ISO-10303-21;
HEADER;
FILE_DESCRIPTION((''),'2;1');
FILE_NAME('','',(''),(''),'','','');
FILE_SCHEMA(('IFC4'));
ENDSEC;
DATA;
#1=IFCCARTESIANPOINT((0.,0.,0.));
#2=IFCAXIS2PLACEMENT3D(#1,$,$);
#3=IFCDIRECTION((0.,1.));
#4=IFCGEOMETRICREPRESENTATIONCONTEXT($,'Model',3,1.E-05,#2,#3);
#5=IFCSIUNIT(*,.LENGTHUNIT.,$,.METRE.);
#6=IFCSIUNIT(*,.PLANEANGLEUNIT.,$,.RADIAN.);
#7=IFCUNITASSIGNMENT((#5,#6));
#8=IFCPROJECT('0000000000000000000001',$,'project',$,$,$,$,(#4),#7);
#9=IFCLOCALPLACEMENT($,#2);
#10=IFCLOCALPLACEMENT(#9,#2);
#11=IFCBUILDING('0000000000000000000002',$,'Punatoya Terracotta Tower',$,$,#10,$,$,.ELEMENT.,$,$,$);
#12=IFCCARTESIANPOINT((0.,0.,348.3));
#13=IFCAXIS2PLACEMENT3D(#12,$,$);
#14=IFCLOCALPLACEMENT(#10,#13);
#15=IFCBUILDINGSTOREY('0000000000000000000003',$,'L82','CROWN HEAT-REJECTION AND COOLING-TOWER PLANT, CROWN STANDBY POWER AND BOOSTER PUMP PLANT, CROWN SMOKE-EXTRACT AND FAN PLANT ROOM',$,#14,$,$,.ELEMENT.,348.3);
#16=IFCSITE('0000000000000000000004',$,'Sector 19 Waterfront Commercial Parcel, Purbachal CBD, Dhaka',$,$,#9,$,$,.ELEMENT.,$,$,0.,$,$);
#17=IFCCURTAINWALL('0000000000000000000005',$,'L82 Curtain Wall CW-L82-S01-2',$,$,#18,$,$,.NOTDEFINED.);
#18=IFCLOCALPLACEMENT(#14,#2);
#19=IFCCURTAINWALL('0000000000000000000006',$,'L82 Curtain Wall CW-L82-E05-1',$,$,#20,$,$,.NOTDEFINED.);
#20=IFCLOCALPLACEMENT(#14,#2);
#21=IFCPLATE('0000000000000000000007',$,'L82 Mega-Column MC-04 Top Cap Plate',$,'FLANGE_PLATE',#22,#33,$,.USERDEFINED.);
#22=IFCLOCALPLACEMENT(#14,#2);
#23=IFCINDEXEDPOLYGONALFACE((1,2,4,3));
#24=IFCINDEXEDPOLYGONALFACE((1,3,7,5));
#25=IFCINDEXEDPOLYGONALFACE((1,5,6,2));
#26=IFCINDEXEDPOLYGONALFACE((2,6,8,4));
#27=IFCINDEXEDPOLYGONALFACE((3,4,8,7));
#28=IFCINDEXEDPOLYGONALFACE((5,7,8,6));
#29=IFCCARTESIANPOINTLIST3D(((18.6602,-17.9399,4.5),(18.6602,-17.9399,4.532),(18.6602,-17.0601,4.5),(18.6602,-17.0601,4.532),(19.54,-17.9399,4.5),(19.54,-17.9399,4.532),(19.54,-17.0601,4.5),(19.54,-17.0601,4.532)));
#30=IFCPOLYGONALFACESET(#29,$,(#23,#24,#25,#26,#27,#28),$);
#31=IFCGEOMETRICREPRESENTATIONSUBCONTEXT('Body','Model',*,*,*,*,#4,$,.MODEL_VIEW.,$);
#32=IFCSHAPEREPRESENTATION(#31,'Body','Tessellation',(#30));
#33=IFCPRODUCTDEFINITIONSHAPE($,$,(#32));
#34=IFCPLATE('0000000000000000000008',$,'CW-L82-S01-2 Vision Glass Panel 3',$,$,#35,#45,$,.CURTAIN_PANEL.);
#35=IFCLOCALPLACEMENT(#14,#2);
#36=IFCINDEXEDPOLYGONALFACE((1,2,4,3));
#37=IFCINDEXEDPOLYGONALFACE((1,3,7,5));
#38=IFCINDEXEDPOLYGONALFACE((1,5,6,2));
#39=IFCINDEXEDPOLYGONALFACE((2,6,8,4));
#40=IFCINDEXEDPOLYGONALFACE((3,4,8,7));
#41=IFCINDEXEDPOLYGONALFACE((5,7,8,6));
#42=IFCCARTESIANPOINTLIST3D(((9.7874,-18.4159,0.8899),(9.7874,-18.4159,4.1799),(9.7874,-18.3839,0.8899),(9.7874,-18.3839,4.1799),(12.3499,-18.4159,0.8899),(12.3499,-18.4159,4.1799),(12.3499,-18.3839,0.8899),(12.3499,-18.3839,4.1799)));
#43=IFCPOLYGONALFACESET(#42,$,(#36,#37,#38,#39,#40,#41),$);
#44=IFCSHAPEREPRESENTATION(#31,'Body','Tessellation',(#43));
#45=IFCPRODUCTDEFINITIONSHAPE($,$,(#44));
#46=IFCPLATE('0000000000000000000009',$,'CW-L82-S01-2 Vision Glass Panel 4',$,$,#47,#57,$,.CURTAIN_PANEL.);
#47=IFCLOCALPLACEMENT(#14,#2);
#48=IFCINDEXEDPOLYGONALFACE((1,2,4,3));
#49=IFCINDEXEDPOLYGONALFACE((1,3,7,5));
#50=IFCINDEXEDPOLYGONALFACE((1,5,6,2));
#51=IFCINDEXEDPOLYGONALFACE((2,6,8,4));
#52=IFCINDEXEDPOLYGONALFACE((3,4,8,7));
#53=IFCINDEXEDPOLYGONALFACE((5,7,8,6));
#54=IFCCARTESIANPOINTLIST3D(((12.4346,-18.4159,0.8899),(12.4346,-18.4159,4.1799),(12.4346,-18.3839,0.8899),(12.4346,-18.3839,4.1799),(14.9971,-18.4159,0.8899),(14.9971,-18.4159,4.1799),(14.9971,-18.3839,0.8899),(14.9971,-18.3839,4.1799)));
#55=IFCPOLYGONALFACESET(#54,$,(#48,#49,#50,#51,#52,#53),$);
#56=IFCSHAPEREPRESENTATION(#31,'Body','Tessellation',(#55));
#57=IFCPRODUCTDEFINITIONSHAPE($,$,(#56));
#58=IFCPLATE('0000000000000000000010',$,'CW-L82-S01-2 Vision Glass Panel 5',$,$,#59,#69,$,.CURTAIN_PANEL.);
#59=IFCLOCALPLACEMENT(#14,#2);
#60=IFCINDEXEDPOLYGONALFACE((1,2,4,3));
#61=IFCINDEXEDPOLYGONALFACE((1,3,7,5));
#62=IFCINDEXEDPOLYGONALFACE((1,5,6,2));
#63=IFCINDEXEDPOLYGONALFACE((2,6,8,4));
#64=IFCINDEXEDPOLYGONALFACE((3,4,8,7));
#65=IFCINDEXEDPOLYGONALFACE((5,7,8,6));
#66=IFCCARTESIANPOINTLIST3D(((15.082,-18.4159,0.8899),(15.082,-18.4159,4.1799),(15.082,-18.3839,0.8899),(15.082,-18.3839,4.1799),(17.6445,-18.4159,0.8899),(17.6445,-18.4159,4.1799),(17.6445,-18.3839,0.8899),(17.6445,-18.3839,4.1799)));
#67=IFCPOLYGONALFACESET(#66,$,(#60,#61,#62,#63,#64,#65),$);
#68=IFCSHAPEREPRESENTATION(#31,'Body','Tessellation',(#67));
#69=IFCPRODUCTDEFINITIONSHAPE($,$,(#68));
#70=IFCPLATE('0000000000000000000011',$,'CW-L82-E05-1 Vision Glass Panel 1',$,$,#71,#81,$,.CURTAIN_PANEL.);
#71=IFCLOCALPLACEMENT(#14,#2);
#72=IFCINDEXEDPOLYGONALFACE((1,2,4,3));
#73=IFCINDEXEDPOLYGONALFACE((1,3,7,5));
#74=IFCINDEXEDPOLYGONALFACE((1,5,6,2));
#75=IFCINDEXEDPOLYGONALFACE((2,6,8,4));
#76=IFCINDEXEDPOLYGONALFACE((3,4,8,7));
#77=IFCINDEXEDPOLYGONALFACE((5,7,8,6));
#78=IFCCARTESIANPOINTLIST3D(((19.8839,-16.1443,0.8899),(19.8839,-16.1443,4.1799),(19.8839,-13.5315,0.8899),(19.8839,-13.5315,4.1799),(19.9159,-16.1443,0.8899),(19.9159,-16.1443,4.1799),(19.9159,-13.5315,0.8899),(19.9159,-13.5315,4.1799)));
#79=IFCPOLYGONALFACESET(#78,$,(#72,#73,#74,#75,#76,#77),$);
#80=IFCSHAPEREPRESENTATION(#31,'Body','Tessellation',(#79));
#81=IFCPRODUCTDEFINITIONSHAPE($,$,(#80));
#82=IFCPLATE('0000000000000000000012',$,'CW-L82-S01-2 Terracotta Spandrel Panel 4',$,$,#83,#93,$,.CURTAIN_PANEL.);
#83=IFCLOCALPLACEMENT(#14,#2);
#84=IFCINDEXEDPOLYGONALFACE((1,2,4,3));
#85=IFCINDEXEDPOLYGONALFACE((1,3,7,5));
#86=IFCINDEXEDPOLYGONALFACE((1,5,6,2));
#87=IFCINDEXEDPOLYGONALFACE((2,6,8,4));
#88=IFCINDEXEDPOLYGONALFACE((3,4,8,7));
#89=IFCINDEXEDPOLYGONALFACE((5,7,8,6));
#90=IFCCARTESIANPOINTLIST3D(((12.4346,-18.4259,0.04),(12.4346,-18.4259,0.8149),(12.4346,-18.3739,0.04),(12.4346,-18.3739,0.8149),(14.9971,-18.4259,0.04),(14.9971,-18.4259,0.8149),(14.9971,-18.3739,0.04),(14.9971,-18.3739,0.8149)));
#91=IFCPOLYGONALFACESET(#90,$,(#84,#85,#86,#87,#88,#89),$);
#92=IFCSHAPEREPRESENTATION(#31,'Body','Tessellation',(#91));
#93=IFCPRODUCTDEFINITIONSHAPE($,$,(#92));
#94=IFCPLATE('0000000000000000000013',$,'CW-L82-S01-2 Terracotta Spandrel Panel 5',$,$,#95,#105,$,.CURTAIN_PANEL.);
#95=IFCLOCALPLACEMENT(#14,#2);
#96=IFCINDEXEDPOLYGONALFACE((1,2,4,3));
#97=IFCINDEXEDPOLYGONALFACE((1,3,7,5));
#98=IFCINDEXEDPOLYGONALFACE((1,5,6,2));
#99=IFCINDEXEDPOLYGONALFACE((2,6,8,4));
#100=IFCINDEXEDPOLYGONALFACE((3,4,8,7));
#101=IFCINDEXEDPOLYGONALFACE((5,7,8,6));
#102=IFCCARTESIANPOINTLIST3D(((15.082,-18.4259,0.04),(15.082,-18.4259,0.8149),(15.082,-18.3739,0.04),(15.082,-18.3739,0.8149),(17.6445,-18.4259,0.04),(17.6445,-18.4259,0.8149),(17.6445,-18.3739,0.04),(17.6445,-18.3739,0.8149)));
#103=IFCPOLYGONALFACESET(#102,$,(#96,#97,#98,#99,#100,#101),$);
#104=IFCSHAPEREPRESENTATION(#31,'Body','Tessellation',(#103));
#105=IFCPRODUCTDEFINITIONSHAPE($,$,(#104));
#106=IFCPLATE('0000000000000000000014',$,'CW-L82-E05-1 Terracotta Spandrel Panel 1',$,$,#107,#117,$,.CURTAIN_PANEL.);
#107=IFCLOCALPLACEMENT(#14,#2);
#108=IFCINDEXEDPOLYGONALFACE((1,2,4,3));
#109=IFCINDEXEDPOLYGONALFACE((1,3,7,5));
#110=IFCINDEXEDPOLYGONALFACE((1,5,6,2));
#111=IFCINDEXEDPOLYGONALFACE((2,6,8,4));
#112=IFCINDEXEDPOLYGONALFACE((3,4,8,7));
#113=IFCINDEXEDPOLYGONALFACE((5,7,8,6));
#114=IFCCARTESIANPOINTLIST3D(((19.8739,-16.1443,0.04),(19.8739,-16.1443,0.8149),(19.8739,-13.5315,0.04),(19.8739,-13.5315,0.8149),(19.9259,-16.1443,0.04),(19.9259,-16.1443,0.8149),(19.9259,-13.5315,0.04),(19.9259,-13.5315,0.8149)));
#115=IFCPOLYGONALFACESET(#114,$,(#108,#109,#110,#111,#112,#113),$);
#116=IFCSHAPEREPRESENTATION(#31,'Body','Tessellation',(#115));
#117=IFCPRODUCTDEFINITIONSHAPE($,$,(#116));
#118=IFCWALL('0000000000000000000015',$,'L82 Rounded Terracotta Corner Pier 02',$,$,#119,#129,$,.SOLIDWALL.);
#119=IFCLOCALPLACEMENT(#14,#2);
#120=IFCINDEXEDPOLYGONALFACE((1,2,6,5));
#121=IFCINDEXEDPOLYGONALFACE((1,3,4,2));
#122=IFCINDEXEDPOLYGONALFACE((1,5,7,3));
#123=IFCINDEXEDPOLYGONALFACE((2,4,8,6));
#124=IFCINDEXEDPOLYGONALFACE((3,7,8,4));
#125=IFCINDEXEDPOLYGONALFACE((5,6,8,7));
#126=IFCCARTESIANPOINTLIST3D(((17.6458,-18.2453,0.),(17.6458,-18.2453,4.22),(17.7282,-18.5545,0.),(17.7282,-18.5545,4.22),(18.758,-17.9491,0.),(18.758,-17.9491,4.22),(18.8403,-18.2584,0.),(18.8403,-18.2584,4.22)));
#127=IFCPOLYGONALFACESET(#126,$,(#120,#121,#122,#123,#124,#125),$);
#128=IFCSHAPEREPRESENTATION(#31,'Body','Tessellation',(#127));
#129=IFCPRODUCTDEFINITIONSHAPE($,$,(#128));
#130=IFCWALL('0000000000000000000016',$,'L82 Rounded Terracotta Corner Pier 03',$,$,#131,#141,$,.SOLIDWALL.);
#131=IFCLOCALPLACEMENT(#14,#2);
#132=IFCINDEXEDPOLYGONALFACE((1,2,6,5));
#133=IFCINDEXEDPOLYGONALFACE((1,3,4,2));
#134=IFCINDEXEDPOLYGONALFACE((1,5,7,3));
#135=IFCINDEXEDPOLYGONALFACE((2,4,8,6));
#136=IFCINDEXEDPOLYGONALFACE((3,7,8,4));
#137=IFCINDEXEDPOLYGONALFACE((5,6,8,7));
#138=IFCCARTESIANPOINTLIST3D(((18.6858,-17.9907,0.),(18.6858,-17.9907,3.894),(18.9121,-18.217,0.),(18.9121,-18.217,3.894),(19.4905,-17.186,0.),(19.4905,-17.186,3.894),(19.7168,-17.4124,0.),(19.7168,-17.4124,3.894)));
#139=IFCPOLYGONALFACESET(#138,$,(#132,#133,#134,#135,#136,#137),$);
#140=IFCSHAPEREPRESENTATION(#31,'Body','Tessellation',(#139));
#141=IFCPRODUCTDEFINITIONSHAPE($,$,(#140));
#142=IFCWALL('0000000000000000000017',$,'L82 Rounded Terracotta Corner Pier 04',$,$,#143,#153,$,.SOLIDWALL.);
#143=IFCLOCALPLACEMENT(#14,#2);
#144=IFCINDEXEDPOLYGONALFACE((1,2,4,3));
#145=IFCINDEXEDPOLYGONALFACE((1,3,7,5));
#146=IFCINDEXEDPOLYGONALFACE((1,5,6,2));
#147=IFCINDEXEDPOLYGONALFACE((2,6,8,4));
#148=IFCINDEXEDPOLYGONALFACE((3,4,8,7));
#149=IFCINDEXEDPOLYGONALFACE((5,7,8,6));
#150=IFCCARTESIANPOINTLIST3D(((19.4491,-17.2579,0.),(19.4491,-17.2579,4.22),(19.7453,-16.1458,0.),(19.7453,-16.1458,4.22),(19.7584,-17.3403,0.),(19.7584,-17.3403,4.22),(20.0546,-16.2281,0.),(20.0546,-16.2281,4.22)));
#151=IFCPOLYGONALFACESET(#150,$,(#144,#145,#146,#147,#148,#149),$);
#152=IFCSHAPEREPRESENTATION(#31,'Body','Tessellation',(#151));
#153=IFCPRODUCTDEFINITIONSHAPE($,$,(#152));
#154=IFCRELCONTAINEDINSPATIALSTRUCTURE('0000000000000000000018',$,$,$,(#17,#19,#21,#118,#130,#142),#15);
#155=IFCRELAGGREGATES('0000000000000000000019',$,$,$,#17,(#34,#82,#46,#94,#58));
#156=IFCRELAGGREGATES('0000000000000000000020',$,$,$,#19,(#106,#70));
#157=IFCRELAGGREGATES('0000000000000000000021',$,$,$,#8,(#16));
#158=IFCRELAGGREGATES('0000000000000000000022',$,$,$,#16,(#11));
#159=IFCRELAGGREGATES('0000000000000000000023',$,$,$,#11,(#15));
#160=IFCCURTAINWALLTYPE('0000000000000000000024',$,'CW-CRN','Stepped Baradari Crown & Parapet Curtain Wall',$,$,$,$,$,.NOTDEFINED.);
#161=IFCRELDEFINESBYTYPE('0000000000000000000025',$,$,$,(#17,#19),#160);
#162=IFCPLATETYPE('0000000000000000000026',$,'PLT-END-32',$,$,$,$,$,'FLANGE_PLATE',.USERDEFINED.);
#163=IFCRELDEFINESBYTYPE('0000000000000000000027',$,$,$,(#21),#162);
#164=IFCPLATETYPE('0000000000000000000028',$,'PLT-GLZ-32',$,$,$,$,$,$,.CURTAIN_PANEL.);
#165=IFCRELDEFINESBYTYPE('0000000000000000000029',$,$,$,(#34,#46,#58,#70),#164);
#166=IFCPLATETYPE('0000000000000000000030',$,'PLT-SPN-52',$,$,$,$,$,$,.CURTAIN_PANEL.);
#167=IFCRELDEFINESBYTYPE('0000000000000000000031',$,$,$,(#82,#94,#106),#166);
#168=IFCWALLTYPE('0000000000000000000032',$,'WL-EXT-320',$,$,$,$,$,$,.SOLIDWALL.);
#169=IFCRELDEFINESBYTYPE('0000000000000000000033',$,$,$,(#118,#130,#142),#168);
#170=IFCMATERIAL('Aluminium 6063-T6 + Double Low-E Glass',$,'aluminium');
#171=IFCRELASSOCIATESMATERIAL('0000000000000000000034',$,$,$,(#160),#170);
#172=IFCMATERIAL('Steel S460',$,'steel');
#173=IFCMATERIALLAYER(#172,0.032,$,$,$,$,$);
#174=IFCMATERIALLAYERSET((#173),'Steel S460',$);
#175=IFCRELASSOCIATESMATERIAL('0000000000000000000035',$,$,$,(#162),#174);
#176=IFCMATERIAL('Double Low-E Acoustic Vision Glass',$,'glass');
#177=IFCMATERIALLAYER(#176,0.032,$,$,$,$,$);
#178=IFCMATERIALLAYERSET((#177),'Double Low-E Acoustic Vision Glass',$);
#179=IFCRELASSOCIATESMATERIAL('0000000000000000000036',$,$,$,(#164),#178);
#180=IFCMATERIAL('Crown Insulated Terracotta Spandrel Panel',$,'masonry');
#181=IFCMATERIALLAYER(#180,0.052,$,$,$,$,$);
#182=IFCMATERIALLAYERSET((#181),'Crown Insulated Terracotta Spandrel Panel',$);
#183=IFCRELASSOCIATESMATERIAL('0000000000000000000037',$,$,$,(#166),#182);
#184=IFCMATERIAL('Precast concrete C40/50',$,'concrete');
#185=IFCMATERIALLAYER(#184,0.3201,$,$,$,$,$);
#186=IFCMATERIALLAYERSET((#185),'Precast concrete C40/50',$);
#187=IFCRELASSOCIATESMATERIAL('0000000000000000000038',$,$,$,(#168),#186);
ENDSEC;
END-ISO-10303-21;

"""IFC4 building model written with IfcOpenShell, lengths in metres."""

from ifc_helpers import new_model, si_unit, direction, frame, frame_2d, origin, origin_2d, place, context, subcontext, project, spatial, rectangle, extrude, material, layer, layer_set, type_object, element, aggregate, save


model = new_model("IFC4")

# Units and contexts
model_context = context("Model", 3, precision=1e-05, world=origin(), true_north=direction((0.0, 1.0)))
body_context = subcontext(model_context, "Body", "Model", "MODEL_VIEW")
ifc_project = project(units=[si_unit("LENGTHUNIT", "METRE"), si_unit("PLANEANGLEUNIT", "RADIAN")], contexts=[model_context])

# Site, building, storey
site_placement = place(None, origin())
site = spatial("IfcSite", under=ifc_project, at=site_placement, Name="Sector 19 Waterfront Commercial Parcel, Purbachal CBD, Dhaka", CompositionType="ELEMENT", RefElevation=0.0)
building_placement = place(site_placement, origin())
building = spatial("IfcBuilding", under=site, at=building_placement, Name="Punatoya Terracotta Tower", CompositionType="ELEMENT")
storey_placement = place(building_placement, frame((0.0, 0.0, 348.3)))
storey = spatial("IfcBuildingStorey", under=building, at=storey_placement, Name="L82", Description="CROWN HEAT-REJECTION AND COOLING-TOWER PLANT, CROWN STANDBY POWER AND BOOSTER PUMP PLANT, CROWN SMOKE-EXTRACT AND FAN PLANT ROOM", CompositionType="ELEMENT", Elevation=348.3)

# Shared definitions
ifc_material_1 = material(Name="Steel S460", Category="steel")

# Curtain walls
ifc_material_2 = material(Name="Aluminium 6063-T6 + Double Low-E Glass", Category="aluminium")
curtain_wall_type = type_object("IfcCurtainWallType", Name="CW-CRN", Description="Stepped Baradari Crown & Parapet Curtain Wall", PredefinedType="NOTDEFINED", material=ifc_material_2)
curtain_wall_1_placement = place(storey_placement, origin())
curtain_wall_1 = element("IfcCurtainWall", 1, at=curtain_wall_1_placement, inside=storey, type_object=curtain_wall_type, Name="L82 Curtain Wall CW-L82-S01-2", PredefinedType="NOTDEFINED")
curtain_wall_2_placement = place(storey_placement, origin())
curtain_wall_2 = element("IfcCurtainWall", 2, at=curtain_wall_2_placement, inside=storey, type_object=curtain_wall_type, Name="L82 Curtain Wall CW-L82-E05-1", PredefinedType="NOTDEFINED")

# Plates
ifc_layer_1 = layer(ifc_material_1, 0.032)
ifc_layer_set_1 = layer_set([ifc_layer_1], Name="Steel S460")
plate_type_1 = type_object("IfcPlateType", Name="PLT-END-32", ElementType="FLANGE_PLATE", PredefinedType="USERDEFINED", material=ifc_layer_set_1)
plate_1_placement = place(storey_placement, frame((19.1001, -17.5, 4.5), z_axis=(0.0, 0.0, 1.0), x_axis=(1.0, 0.0, 0.0)))
element("IfcPlate", 3, at=plate_1_placement, inside=storey, type_object=plate_type_1, Name="L82 Mega-Column MC-04 Top Cap Plate", ObjectType="FLANGE_PLATE", PredefinedType="USERDEFINED", context=body_context, shape_type="SweptSolid", body=[
    extrude(rectangle(XDim=0.8799, YDim=0.8799, at=origin_2d()), origin(), (0.0, 0.0, 1.0), 0.032),
])
ifc_material_3 = material(Name="Double Low-E Acoustic Vision Glass", Category="glass")
ifc_layer_2 = layer(ifc_material_3, 0.032)
ifc_layer_set_2 = layer_set([ifc_layer_2], Name="Double Low-E Acoustic Vision Glass")
plate_type_2 = type_object("IfcPlateType", Name="PLT-GLZ-32", PredefinedType="CURTAIN_PANEL", material=ifc_layer_set_2)
plate_2_placement = place(storey_placement, frame((11.0686, -18.3999, 0.8899), z_axis=(0.0, 0.0, 1.0), x_axis=(1.0, 0.0, 0.0)))
plate_2 = element("IfcPlate", 4, at=plate_2_placement, type_object=plate_type_2, Name="CW-L82-S01-2 Vision Glass Panel 3", PredefinedType="CURTAIN_PANEL", context=body_context, shape_type="SweptSolid", body=[
    extrude(rectangle(XDim=2.5625, YDim=0.032, at=origin_2d()), origin(), (0.0, 0.0, 1.0), 3.29),
])
plate_3_placement = place(storey_placement, frame((13.7158, -18.3999, 0.8899), z_axis=(0.0, 0.0, 1.0), x_axis=(1.0, 0.0, 0.0)))
plate_3 = element("IfcPlate", 5, at=plate_3_placement, type_object=plate_type_2, Name="CW-L82-S01-2 Vision Glass Panel 4", PredefinedType="CURTAIN_PANEL", context=body_context, shape_type="SweptSolid", body=[
    extrude(rectangle(XDim=2.5625, YDim=0.032, at=origin_2d()), origin(), (0.0, 0.0, 1.0), 3.29),
])
plate_4_placement = place(storey_placement, frame((16.3633, -18.3999, 0.8899), z_axis=(0.0, 0.0, 1.0), x_axis=(1.0, 0.0, 0.0)))
plate_4 = element("IfcPlate", 6, at=plate_4_placement, type_object=plate_type_2, Name="CW-L82-S01-2 Vision Glass Panel 5", PredefinedType="CURTAIN_PANEL", context=body_context, shape_type="SweptSolid", body=[
    extrude(rectangle(XDim=2.5625, YDim=0.032, at=origin_2d()), origin(), (0.0, 0.0, 1.0), 3.29),
])
plate_5_placement = place(storey_placement, frame((19.8999, -14.8379, 0.8899), z_axis=(0.0, 0.0, 1.0), x_axis=(0.0, 1.0, 0.0)))
plate_5 = element("IfcPlate", 7, at=plate_5_placement, type_object=plate_type_2, Name="CW-L82-E05-1 Vision Glass Panel 1", PredefinedType="CURTAIN_PANEL", context=body_context, shape_type="SweptSolid", body=[
    extrude(rectangle(XDim=2.6128, YDim=0.032, at=origin_2d()), origin(), (0.0, 0.0, 1.0), 3.29),
])
ifc_material_4 = material(Name="Crown Insulated Terracotta Spandrel Panel", Category="masonry")
ifc_layer_3 = layer(ifc_material_4, 0.052)
ifc_layer_set_3 = layer_set([ifc_layer_3], Name="Crown Insulated Terracotta Spandrel Panel")
plate_type_3 = type_object("IfcPlateType", Name="PLT-SPN-52", PredefinedType="CURTAIN_PANEL", material=ifc_layer_set_3)
plate_6_placement = place(storey_placement, frame((13.7158, -18.3999, 0.04), z_axis=(0.0, 0.0, 1.0), x_axis=(1.0, 0.0, 0.0)))
plate_6 = element("IfcPlate", 8, at=plate_6_placement, type_object=plate_type_3, Name="CW-L82-S01-2 Terracotta Spandrel Panel 4", PredefinedType="CURTAIN_PANEL", context=body_context, shape_type="SweptSolid", body=[
    extrude(rectangle(XDim=2.5625, YDim=0.052, at=origin_2d()), origin(), (0.0, 0.0, 1.0), 0.7749),
])
plate_7_placement = place(storey_placement, frame((16.3633, -18.3999, 0.04), z_axis=(0.0, 0.0, 1.0), x_axis=(1.0, 0.0, 0.0)))
plate_7 = element("IfcPlate", 9, at=plate_7_placement, type_object=plate_type_3, Name="CW-L82-S01-2 Terracotta Spandrel Panel 5", PredefinedType="CURTAIN_PANEL", context=body_context, shape_type="SweptSolid", body=[
    extrude(rectangle(XDim=2.5625, YDim=0.052, at=origin_2d()), origin(), (0.0, 0.0, 1.0), 0.7749),
])
aggregate(curtain_wall_1, [plate_2, plate_6, plate_3, plate_7, plate_4])
plate_8_placement = place(storey_placement, frame((19.8999, -14.8379, 0.04), z_axis=(0.0, 0.0, 1.0), x_axis=(0.0, 1.0, 0.0)))
plate_8 = element("IfcPlate", 10, at=plate_8_placement, type_object=plate_type_3, Name="CW-L82-E05-1 Terracotta Spandrel Panel 1", PredefinedType="CURTAIN_PANEL", context=body_context, shape_type="SweptSolid", body=[
    extrude(rectangle(XDim=2.6128, YDim=0.052, at=origin_2d()), origin(), (0.0, 0.0, 1.0), 0.7749),
])
aggregate(curtain_wall_2, [plate_8, plate_5])

# Walls
ifc_material_5 = material(Name="Precast concrete C40/50", Category="concrete")
ifc_layer_4 = layer(ifc_material_5, 0.3201)
ifc_layer_set_4 = layer_set([ifc_layer_4], Name="Precast concrete C40/50")
wall_type = type_object("IfcWallType", Name="WL-EXT-320", PredefinedType="SOLIDWALL", material=ifc_layer_set_4)
wall_1_placement = place(storey_placement, frame((17.687, -18.3999, 0.0), z_axis=(0.0, 0.0, 1.0), x_axis=(0.966323, 0.257333, 0.0)))
element("IfcWall", 11, at=wall_1_placement, inside=storey, type_object=wall_type, Name="L82 Rounded Terracotta Corner Pier 02", PredefinedType="SOLIDWALL", context=body_context, shape_type="SweptSolid", body=[
    extrude(rectangle(XDim=1.1509, YDim=0.3201, at=frame_2d((0.5754, 0.0))), origin(), (0.0, 0.0, 1.0), 4.22),
])
wall_2_placement = place(storey_placement, frame((18.7991, -18.1038, 0.0), z_axis=(0.0, 0.0, 1.0), x_axis=(0.707107, 0.707107, 0.0)))
element("IfcWall", 12, at=wall_2_placement, inside=storey, type_object=wall_type, Name="L82 Rounded Terracotta Corner Pier 03", PredefinedType="SOLIDWALL", context=body_context, shape_type="SweptSolid", body=[
    extrude(rectangle(XDim=1.1379, YDim=0.3201, at=frame_2d((0.5688, 0.0))), origin(), (0.0, 0.0, 1.0), 3.894),
])
wall_3_placement = place(storey_placement, frame((19.6038, -17.2991, 0.0), z_axis=(0.0, 0.0, 1.0), x_axis=(0.257333, 0.966323, 0.0)))
element("IfcWall", 13, at=wall_3_placement, inside=storey, type_object=wall_type, Name="L82 Rounded Terracotta Corner Pier 04", PredefinedType="SOLIDWALL", context=body_context, shape_type="SweptSolid", body=[
    extrude(rectangle(XDim=1.1509, YDim=0.3201, at=frame_2d((0.5754, 0.0))), origin(), (0.0, 0.0, 1.0), 4.22),
])

save(model, "model.ifc")
